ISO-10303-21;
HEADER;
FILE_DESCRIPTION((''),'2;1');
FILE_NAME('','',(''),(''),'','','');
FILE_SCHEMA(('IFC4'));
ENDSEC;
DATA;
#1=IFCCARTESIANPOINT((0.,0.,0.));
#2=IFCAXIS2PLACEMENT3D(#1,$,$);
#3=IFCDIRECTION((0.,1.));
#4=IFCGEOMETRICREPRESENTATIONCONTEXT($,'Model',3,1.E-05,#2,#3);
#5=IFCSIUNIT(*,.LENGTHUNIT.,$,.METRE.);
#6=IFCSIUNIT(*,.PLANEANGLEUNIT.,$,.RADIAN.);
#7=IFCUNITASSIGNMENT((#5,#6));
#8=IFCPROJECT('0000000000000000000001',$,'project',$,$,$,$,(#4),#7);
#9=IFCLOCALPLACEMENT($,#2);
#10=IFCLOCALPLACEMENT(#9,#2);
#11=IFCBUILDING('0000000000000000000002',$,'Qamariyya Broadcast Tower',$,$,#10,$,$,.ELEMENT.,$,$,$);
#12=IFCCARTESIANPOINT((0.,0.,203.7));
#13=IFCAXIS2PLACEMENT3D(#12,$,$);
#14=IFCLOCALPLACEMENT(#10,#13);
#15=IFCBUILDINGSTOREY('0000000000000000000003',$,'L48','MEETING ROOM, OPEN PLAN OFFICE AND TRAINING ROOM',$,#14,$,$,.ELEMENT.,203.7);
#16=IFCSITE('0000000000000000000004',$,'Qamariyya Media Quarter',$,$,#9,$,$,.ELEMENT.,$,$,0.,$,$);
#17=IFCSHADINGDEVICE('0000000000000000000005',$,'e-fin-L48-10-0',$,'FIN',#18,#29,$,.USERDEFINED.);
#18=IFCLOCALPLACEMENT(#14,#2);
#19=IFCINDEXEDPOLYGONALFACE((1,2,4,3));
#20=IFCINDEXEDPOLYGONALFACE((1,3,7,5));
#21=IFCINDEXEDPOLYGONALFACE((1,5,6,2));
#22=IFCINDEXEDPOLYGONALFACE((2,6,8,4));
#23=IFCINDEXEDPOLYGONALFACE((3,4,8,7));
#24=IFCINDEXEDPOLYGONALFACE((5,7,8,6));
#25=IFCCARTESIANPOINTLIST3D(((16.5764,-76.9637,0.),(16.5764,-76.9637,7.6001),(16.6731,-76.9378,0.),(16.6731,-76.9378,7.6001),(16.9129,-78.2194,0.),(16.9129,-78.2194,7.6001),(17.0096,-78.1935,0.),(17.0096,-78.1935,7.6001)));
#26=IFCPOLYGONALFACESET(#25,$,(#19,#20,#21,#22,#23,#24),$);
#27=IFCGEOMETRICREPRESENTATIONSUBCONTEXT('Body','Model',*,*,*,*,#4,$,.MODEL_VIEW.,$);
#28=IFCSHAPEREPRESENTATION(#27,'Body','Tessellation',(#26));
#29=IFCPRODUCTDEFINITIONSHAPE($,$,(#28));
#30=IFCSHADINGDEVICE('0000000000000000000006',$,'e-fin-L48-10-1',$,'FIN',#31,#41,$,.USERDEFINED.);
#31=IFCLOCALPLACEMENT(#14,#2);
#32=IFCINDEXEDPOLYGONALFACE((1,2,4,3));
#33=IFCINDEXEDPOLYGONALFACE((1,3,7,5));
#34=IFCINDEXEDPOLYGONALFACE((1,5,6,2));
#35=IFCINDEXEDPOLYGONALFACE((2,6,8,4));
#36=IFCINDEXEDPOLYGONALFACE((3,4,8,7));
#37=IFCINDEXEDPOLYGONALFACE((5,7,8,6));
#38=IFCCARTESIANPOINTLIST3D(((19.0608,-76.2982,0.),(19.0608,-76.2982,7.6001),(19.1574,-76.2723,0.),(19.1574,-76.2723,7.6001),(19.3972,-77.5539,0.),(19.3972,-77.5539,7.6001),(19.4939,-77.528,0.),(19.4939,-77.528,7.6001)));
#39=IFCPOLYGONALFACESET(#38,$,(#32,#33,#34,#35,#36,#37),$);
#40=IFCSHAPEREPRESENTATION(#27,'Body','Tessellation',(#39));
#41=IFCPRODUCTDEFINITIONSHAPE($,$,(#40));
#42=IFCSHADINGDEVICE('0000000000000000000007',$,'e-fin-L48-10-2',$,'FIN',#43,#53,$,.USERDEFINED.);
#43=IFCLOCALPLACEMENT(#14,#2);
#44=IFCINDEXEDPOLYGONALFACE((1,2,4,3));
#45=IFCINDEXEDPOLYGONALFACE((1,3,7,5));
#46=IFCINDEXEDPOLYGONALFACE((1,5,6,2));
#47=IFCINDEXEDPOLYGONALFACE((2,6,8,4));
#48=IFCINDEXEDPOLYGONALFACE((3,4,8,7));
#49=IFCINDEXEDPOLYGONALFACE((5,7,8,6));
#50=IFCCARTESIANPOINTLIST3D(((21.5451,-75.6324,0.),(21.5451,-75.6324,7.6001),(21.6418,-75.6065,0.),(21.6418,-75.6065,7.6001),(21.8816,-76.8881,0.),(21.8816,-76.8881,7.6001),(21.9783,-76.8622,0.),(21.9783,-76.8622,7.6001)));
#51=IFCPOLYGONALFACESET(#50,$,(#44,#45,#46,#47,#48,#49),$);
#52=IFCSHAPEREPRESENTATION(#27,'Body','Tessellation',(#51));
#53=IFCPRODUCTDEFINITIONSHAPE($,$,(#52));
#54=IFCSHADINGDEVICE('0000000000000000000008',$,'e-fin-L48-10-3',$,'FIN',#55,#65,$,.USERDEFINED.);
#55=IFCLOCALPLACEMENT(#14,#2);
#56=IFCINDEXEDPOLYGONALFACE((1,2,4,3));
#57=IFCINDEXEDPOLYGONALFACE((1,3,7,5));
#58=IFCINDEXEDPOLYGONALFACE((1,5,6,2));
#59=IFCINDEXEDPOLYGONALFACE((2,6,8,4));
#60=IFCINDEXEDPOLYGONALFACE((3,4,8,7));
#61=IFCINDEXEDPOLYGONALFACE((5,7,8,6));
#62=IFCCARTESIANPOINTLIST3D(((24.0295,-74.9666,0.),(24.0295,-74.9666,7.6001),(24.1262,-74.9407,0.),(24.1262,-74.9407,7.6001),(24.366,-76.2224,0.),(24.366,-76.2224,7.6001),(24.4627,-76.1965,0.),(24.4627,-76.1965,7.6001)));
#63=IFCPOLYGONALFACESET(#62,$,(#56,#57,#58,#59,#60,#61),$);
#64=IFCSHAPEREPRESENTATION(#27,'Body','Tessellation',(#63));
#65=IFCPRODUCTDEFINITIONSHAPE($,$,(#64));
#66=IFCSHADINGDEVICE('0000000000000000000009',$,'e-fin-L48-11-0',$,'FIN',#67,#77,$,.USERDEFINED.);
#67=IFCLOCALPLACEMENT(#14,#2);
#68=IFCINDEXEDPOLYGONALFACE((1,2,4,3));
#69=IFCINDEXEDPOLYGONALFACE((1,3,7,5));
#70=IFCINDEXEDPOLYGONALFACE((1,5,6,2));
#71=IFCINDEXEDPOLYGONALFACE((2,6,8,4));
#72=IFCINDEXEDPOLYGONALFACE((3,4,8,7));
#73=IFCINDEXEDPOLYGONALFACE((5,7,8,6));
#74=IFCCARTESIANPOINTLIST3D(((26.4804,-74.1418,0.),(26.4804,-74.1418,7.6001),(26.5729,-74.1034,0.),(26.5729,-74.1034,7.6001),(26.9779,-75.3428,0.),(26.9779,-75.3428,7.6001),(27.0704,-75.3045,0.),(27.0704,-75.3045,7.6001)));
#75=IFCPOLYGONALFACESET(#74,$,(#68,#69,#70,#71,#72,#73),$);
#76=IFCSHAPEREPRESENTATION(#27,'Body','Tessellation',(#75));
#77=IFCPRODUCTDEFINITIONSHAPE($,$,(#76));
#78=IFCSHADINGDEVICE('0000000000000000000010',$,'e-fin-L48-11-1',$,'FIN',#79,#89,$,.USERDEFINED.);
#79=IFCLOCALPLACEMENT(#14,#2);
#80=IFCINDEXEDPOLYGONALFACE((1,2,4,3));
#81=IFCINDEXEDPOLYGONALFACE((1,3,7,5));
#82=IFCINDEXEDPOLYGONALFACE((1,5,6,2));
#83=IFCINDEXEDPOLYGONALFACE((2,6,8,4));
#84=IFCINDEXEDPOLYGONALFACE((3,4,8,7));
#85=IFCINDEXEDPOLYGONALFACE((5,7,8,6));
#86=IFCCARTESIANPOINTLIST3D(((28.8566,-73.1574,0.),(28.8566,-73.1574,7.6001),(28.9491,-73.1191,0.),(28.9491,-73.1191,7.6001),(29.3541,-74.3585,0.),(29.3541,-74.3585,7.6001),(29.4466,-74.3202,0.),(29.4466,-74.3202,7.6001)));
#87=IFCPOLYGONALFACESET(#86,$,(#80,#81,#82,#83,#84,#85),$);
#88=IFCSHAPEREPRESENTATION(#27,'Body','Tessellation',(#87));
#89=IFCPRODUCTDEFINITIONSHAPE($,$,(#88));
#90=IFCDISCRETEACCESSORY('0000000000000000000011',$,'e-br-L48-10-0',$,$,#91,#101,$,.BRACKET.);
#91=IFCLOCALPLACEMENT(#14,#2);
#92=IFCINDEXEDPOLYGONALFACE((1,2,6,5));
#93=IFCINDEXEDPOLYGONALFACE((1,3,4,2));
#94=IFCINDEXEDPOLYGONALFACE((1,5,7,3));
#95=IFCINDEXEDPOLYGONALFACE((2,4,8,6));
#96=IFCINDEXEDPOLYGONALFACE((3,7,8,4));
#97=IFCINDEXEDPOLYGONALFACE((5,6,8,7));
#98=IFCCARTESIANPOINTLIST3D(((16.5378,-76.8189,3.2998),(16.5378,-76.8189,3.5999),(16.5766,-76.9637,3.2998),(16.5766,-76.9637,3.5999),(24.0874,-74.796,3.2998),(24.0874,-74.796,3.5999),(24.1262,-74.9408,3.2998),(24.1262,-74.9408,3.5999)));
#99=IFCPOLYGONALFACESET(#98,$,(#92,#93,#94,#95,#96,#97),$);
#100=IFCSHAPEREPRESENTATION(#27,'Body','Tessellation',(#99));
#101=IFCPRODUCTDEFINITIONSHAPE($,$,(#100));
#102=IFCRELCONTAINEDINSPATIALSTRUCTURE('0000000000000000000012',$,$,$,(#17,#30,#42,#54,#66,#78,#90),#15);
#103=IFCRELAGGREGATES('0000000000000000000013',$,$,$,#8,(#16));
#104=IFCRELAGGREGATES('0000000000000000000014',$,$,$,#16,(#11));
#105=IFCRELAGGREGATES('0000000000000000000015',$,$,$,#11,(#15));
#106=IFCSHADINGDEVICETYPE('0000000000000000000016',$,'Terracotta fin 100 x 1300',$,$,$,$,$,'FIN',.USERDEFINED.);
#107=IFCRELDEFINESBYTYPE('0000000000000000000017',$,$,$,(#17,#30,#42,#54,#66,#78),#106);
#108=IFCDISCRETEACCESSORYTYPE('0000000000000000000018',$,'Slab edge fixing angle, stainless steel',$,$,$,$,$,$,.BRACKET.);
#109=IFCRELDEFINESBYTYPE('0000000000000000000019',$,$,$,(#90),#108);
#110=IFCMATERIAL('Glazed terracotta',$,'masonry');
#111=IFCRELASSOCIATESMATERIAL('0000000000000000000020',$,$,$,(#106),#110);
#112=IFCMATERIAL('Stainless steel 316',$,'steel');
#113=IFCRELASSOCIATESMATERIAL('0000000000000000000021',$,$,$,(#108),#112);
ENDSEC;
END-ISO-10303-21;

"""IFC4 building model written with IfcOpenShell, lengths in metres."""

from ifc_helpers import new_model, si_unit, direction, frame, origin, origin_2d, place, context, subcontext, project, spatial, rectangle, extrude, material, material_profile, profile_set, type_object, element, save


model = new_model("IFC4")

# Units and contexts
model_context = context("Model", 3, precision=1e-05, world=origin(), true_north=direction((0.0, 1.0)))
body_context = subcontext(model_context, "Body", "Model", "MODEL_VIEW")
ifc_project = project(units=[si_unit("LENGTHUNIT", "METRE"), si_unit("PLANEANGLEUNIT", "RADIAN")], contexts=[model_context])

# Site, building, storey
site_placement = place(None, origin())
site = spatial("IfcSite", under=ifc_project, at=site_placement, Name="Qamariyya Media Quarter", CompositionType="ELEMENT", RefElevation=0.0)
building_placement = place(site_placement, origin())
building = spatial("IfcBuilding", under=site, at=building_placement, Name="Qamariyya Broadcast Tower", CompositionType="ELEMENT")
storey_placement = place(building_placement, frame((0.0, 0.0, 203.7)))
storey = spatial("IfcBuildingStorey", under=building, at=storey_placement, Name="L48", Description="MEETING ROOM, OPEN PLAN OFFICE AND TRAINING ROOM", CompositionType="ELEMENT", Elevation=203.7)

# Shading devices
ifc_material_1 = material(Name="Glazed terracotta", Category="masonry")
ifc_material_profile_1 = material_profile(ifc_material_1, rectangle(XDim=1.3, YDim=0.1001, at=origin_2d()))
ifc_profile_set_1 = profile_set([ifc_material_profile_1], Name="Glazed terracotta")
shading_device_type_1 = type_object("IfcShadingDeviceType", Name="Terracotta fin 100 x 1300", ElementType="FIN", PredefinedType="USERDEFINED", material=ifc_profile_set_1)
for number, where, z_axis, x_axis, name in (
    (1, (16.793, -77.5786, 0.0), (0.0, 0.0, 1.0), (0.258819, -0.965926, 0.0), "e-fin-L48-10-0"),
    (2, (19.2773, -76.9131, 0.0), (0.0, 0.0, 1.0), (0.258819, -0.965926, 0.0), "e-fin-L48-10-1"),
    (3, (21.7617, -76.2473, 0.0), (0.0, 0.0, 1.0), (0.258819, -0.965926, 0.0), "e-fin-L48-10-2"),
    (4, (24.2461, -75.5815, 0.0), (0.0, 0.0, 1.0), (0.258819, -0.965926, 0.0), "e-fin-L48-10-3"),
    (5, (26.7754, -74.7231, 0.0), (0.0, 0.0, 1.0), (0.382683, -0.92388, 0.0), "e-fin-L48-11-0"),
    (6, (29.1516, -73.7388, 0.0), (0.0, 0.0, 1.0), (0.382683, -0.92388, 0.0), "e-fin-L48-11-1"),
):
    element("IfcShadingDevice", number, at=place(storey_placement, frame(where, z_axis=z_axis, x_axis=x_axis)), inside=storey, type_object=shading_device_type_1, Name=name, ObjectType="FIN", PredefinedType="USERDEFINED", context=body_context, shape_type="SweptSolid", body=[
        extrude(rectangle(XDim=1.3, YDim=0.1001, at=origin_2d()), origin(), (0.0, 0.0, 1.0), 7.6001),
    ])

# Discrete accessory
ifc_material_2 = material(Name="Stainless steel 316", Category="steel")
discrete_accessory_type = type_object("IfcDiscreteAccessoryType", Name="Slab edge fixing angle, stainless steel", PredefinedType="BRACKET", material=ifc_material_2)
discrete_accessory_placement = place(storey_placement, frame((20.332, -75.8799, 3.2998), z_axis=(0.0, 0.0, 1.0), x_axis=(0.965926, 0.258819, 0.0)))
element("IfcDiscreteAccessory", 7, at=discrete_accessory_placement, inside=storey, type_object=discrete_accessory_type, Name="e-br-L48-10-0", PredefinedType="BRACKET", context=body_context, shape_type="SweptSolid", body=[
    extrude(rectangle(XDim=7.8159, YDim=0.1499, at=origin_2d()), origin(), (0.0, 0.0, 1.0), 0.3),
])

save(model, "model.ifc")
